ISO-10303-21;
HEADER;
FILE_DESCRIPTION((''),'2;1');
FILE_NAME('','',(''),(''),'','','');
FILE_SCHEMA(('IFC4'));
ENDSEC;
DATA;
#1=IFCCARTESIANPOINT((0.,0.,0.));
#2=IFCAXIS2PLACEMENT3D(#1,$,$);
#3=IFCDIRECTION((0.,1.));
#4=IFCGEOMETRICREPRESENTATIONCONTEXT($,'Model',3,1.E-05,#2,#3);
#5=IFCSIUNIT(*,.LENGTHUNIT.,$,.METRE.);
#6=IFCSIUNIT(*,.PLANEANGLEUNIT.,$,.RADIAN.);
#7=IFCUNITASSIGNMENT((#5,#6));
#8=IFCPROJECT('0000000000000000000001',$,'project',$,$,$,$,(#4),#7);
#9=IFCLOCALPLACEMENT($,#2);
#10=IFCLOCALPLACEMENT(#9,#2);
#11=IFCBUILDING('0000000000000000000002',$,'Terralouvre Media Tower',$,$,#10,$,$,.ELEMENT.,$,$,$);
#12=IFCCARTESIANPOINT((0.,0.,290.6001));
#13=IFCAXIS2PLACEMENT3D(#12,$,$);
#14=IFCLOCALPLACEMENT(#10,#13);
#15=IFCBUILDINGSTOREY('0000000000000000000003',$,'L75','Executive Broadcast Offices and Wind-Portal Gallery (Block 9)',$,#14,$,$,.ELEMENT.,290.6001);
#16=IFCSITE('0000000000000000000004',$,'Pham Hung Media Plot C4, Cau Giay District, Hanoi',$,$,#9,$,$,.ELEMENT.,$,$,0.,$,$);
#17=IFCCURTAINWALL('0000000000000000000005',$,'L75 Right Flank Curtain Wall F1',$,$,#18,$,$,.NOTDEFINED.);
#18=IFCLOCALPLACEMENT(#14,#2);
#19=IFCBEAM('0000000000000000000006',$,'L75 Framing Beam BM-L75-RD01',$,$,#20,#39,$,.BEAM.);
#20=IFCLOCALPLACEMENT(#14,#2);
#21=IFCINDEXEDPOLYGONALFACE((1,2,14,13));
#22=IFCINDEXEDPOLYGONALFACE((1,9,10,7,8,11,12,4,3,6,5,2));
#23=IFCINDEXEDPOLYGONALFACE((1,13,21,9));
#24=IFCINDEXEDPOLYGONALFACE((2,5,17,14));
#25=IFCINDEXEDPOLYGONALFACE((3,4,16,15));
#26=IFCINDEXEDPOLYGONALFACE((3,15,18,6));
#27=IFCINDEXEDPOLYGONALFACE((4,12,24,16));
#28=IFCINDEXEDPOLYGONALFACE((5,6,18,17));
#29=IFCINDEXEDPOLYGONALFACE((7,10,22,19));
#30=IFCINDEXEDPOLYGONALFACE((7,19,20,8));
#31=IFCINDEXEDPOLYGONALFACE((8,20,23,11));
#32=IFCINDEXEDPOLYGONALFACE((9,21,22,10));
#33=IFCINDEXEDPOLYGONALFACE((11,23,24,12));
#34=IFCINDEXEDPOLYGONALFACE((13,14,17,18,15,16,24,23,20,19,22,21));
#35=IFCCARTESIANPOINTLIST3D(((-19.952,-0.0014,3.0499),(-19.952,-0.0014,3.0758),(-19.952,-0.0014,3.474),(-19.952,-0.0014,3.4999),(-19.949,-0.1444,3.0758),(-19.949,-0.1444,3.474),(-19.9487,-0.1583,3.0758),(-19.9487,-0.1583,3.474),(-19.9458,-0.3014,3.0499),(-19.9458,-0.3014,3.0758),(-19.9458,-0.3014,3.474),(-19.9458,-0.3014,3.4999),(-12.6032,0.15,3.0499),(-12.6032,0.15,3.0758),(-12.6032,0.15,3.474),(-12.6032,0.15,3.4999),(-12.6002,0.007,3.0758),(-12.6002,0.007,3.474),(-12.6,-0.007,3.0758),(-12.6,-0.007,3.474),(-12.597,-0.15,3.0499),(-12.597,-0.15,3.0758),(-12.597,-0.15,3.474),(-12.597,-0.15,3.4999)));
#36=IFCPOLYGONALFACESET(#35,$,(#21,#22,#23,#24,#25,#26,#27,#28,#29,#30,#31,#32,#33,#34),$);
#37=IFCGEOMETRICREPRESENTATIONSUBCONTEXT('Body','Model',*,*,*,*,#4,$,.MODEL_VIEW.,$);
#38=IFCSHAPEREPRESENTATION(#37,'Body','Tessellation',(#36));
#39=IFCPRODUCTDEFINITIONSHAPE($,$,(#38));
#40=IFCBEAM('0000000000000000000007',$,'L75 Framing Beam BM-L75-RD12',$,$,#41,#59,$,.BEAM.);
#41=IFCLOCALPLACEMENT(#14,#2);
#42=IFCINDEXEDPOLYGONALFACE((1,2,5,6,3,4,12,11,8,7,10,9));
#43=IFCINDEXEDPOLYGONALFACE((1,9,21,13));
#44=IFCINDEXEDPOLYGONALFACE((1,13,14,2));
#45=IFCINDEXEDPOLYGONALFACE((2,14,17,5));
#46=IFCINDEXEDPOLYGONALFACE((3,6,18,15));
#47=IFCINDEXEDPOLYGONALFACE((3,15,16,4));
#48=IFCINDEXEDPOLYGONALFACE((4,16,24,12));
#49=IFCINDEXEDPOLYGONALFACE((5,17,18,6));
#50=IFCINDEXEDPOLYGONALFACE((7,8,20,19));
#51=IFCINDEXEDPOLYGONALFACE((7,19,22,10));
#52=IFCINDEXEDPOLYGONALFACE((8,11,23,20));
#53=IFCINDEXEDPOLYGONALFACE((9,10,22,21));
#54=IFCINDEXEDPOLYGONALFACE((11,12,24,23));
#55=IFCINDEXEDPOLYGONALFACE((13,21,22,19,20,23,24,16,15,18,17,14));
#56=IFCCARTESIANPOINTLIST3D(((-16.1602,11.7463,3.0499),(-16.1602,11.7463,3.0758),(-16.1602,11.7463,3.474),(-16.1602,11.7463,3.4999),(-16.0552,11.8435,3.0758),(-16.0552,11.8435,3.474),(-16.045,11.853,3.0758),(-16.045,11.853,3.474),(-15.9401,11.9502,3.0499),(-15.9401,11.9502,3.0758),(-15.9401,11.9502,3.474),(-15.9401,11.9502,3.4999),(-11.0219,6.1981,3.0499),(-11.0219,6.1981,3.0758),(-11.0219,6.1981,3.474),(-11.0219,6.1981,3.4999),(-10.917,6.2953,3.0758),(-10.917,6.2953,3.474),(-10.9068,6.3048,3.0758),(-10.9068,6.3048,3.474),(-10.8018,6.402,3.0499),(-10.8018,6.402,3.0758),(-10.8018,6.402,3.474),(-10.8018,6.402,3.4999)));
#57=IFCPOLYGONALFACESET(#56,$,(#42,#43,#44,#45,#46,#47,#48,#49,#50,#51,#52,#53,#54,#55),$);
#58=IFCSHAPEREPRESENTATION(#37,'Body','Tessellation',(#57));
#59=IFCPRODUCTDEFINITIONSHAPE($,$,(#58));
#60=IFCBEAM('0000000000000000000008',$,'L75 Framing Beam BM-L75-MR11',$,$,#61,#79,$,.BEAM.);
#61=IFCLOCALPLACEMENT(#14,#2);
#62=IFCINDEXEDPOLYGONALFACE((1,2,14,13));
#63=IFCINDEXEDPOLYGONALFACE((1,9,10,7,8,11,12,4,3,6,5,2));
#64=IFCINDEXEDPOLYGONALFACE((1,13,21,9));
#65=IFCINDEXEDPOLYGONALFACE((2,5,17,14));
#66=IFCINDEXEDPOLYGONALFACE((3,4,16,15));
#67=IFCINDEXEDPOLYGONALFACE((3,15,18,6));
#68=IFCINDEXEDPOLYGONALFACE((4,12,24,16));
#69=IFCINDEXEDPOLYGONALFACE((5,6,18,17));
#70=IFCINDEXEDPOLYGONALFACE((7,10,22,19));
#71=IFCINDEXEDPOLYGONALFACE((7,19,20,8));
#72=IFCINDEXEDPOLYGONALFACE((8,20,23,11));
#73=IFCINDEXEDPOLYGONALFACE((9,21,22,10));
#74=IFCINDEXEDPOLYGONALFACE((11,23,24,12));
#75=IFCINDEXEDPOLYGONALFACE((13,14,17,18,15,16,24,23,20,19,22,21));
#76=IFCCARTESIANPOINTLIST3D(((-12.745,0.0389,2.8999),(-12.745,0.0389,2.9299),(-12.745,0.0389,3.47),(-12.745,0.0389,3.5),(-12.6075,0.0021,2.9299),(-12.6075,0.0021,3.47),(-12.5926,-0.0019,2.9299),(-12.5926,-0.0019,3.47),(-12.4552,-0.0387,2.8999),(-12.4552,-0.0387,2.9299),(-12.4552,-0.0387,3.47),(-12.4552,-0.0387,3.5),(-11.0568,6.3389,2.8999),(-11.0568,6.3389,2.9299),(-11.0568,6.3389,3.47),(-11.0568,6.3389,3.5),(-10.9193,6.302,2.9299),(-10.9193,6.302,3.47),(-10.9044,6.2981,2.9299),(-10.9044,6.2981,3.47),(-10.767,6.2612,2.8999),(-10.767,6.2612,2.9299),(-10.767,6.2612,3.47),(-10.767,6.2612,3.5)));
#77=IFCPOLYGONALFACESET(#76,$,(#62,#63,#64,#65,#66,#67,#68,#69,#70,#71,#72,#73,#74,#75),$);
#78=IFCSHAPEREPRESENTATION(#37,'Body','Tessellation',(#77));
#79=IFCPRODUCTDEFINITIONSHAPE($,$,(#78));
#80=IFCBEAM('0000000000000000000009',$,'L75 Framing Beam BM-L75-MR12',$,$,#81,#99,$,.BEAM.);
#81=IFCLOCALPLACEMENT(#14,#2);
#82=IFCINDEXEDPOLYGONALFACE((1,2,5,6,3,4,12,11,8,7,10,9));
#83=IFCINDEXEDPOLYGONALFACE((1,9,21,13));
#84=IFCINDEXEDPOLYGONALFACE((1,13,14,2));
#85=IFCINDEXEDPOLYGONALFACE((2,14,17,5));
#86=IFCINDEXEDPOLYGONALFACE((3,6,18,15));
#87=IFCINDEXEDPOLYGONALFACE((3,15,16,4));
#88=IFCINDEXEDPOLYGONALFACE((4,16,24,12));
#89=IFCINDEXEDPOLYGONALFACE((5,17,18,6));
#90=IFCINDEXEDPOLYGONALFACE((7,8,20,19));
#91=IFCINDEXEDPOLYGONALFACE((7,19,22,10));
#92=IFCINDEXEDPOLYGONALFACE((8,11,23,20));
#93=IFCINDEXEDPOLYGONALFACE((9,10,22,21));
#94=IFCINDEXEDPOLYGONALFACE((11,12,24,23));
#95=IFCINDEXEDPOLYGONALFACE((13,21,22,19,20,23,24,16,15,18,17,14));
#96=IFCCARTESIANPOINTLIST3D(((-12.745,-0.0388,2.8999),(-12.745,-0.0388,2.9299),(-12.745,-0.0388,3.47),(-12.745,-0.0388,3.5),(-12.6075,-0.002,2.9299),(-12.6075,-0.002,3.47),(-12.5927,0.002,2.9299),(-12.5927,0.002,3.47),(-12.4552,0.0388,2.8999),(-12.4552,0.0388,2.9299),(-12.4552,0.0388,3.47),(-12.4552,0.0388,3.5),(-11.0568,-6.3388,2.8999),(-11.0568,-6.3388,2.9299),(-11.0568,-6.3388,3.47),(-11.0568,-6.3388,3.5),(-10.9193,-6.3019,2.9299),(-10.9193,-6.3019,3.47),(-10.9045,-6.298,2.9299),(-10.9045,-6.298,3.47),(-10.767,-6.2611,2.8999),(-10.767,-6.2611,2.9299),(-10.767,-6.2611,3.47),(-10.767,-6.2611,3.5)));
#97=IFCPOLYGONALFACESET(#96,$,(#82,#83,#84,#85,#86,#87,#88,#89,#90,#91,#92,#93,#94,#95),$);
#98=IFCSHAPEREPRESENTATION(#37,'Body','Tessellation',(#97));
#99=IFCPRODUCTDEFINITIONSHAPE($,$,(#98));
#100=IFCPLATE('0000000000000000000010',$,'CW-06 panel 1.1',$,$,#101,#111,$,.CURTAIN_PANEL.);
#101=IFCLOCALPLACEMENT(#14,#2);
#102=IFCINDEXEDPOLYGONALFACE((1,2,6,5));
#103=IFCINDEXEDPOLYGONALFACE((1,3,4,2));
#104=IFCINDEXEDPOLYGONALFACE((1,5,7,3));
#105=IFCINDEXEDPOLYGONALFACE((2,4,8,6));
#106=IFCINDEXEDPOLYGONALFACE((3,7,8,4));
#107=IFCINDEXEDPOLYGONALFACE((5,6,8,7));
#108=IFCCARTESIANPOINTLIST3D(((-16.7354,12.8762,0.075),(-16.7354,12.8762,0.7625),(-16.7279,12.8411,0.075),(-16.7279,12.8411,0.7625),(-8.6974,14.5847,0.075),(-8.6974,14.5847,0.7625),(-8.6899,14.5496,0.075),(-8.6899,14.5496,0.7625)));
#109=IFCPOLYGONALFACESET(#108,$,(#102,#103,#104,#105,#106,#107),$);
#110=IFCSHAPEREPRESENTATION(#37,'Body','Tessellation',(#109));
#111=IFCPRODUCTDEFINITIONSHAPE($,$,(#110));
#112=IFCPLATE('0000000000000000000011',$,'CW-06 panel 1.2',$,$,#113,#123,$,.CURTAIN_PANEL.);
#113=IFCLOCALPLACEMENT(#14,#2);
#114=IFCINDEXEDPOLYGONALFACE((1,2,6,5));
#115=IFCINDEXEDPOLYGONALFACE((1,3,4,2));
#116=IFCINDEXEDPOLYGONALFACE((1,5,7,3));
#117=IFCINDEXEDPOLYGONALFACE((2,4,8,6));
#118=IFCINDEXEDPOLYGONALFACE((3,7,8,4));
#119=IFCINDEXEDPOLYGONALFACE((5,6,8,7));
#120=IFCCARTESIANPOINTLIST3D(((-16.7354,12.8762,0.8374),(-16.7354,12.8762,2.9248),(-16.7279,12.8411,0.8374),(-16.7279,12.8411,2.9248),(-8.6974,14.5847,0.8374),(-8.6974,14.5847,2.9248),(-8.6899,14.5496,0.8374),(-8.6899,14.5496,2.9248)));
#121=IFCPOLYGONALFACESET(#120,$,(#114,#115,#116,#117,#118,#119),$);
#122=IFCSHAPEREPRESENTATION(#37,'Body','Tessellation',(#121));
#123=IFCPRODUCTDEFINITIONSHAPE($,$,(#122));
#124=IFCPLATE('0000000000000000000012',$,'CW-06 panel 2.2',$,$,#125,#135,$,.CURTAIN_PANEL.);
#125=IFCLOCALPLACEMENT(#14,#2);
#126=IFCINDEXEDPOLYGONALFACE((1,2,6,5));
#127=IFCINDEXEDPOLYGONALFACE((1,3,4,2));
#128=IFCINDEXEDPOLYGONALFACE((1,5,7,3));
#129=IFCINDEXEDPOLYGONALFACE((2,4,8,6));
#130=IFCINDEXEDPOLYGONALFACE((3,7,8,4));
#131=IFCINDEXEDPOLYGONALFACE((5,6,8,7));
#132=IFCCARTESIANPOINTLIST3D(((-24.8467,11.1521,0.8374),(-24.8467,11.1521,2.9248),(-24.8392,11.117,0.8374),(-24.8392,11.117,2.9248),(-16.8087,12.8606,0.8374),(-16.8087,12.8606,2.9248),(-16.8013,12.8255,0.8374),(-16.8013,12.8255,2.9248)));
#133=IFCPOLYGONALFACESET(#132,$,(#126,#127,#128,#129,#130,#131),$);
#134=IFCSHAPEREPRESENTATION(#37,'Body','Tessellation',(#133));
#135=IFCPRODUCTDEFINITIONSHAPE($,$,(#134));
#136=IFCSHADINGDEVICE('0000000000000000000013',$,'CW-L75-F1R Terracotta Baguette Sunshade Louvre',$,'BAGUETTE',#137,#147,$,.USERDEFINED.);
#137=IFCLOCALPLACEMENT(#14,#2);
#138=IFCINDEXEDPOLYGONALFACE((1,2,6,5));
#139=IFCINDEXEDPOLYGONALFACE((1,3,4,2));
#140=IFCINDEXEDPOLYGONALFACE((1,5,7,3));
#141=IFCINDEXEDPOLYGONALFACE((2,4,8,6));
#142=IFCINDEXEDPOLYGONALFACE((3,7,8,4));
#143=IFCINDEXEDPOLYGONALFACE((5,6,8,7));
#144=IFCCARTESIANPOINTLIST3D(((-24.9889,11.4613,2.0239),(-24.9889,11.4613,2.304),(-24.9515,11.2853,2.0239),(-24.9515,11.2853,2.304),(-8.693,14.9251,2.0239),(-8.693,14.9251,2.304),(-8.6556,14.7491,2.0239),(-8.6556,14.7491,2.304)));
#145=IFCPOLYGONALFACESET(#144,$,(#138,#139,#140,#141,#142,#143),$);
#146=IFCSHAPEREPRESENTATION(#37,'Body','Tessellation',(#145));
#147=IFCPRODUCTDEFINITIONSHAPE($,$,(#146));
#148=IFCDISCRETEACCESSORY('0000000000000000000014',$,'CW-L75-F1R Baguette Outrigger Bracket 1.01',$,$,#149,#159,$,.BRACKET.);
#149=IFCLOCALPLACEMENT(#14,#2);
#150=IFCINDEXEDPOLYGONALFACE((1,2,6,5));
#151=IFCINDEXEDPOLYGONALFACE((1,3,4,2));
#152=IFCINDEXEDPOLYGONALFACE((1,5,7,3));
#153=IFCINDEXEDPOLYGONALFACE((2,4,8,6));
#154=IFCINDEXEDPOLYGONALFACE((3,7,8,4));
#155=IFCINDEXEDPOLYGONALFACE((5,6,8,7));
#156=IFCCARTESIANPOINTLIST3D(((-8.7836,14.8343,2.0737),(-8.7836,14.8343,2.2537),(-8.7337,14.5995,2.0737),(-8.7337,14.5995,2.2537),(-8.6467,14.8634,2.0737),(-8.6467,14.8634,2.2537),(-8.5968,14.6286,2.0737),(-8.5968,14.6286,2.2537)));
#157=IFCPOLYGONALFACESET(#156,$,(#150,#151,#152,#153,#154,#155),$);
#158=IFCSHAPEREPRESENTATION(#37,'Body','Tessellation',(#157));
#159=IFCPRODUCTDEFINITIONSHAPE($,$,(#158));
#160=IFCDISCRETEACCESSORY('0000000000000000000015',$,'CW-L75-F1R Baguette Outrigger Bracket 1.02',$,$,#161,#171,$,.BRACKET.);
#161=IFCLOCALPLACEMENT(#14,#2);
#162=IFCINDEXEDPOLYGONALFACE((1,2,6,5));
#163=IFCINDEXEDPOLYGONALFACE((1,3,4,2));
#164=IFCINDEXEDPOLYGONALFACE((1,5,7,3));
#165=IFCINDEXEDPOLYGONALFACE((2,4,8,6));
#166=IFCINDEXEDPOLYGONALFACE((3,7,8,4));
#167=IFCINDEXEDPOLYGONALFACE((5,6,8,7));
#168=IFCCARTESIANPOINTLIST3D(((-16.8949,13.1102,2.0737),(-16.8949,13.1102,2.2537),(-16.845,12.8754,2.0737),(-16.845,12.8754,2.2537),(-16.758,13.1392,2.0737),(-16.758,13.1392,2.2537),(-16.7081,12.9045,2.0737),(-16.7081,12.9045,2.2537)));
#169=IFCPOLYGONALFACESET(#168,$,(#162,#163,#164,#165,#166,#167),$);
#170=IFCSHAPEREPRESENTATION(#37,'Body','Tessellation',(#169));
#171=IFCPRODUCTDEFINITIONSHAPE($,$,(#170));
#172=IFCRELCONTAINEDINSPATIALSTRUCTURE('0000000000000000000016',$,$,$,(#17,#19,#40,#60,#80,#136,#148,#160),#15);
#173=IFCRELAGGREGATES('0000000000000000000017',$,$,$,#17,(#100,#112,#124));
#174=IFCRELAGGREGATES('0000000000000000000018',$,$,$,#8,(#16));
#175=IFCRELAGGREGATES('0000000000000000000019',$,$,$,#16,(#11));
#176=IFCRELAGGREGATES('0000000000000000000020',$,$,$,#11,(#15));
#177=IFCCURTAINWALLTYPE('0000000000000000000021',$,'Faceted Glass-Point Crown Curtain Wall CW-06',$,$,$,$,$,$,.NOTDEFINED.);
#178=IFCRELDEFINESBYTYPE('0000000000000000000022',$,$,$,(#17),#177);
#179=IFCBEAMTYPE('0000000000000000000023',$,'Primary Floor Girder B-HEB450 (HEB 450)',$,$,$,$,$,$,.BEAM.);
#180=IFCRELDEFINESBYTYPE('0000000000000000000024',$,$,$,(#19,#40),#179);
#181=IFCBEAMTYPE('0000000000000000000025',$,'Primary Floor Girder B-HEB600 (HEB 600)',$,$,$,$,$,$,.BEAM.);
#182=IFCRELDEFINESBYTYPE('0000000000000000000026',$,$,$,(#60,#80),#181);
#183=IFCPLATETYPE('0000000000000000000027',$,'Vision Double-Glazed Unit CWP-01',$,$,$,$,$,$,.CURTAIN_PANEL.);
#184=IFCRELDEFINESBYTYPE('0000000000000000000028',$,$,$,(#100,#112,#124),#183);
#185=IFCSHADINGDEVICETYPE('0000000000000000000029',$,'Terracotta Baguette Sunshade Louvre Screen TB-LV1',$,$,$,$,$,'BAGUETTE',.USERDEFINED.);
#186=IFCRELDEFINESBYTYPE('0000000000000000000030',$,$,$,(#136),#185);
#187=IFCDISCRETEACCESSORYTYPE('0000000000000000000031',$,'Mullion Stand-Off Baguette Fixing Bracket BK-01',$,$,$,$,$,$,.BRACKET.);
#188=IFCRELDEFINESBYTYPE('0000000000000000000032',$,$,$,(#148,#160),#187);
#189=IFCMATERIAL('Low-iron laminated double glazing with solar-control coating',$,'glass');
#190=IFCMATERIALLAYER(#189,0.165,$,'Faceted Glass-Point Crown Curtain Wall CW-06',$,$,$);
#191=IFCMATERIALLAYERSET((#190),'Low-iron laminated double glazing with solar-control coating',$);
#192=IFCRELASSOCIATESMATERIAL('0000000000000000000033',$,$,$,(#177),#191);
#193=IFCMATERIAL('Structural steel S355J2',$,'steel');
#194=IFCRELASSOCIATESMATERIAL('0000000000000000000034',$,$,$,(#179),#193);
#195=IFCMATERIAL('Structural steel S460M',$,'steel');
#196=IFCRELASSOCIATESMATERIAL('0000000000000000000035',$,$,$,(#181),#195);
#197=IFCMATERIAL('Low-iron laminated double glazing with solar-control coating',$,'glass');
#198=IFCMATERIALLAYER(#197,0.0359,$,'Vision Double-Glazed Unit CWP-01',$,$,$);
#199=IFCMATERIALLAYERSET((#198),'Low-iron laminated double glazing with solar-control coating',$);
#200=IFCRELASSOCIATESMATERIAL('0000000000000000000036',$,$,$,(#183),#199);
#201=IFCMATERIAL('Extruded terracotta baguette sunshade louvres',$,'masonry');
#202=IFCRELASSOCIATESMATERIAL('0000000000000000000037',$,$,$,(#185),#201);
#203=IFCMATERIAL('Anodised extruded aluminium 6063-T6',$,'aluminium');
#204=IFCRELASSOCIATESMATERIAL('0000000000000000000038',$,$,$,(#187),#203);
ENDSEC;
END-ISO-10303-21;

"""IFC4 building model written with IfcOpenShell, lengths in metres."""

from ifc_helpers import new_model, si_unit, direction, frame, origin, origin_2d, place, context, subcontext, project, spatial, rectangle, i_section, extrude, material, layer, layer_set, material_profile, profile_set, type_object, element, aggregate, save


model = new_model("IFC4")

# Units and contexts
model_context = context("Model", 3, precision=1e-05, world=origin(), true_north=direction((0.0, 1.0)))
body_context = subcontext(model_context, "Body", "Model", "MODEL_VIEW")
ifc_project = project(units=[si_unit("LENGTHUNIT", "METRE"), si_unit("PLANEANGLEUNIT", "RADIAN")], contexts=[model_context])

# Site, building, storey
site_placement = place(None, origin())
site = spatial("IfcSite", under=ifc_project, at=site_placement, Name="Pham Hung Media Plot C4, Cau Giay District, Hanoi", CompositionType="ELEMENT", RefElevation=0.0)
building_placement = place(site_placement, origin())
building = spatial("IfcBuilding", under=site, at=building_placement, Name="Terralouvre Media Tower", CompositionType="ELEMENT")
storey_placement = place(building_placement, frame((0.0, 0.0, 290.6001)))
storey = spatial("IfcBuildingStorey", under=building, at=storey_placement, Name="L75", Description="Executive Broadcast Offices and Wind-Portal Gallery (Block 9)", CompositionType="ELEMENT", Elevation=290.6001)

# Curtain wall
ifc_material_1 = material(Name="Low-iron laminated double glazing with solar-control coating", Category="glass")
ifc_layer_1 = layer(ifc_material_1, 0.165, Name="Faceted Glass-Point Crown Curtain Wall CW-06")
ifc_layer_set_1 = layer_set([ifc_layer_1], Name="Low-iron laminated double glazing with solar-control coating")
curtain_wall_type = type_object("IfcCurtainWallType", Name="Faceted Glass-Point Crown Curtain Wall CW-06", PredefinedType="NOTDEFINED", material=ifc_layer_set_1)
curtain_wall_placement = place(storey_placement, origin())
curtain_wall = element("IfcCurtainWall", 1, at=curtain_wall_placement, inside=storey, type_object=curtain_wall_type, Name="L75 Right Flank Curtain Wall F1", PredefinedType="NOTDEFINED")

# Beams
ifc_material_2 = material(Name="Structural steel S355J2", Category="steel")
ifc_material_profile_1 = material_profile(ifc_material_2, i_section(OverallWidth=0.3, OverallDepth=0.45, WebThickness=0.0139, FlangeThickness=0.0259, at=origin_2d()), Name="HEB 450")
ifc_profile_set_1 = profile_set([ifc_material_profile_1], Name="Structural steel S355J2")
beam_type_1 = type_object("IfcBeamType", Name="Primary Floor Girder B-HEB450 (HEB 450)", PredefinedType="BEAM", material=ifc_profile_set_1)
beam_1_placement = place(storey_placement, frame((-12.6001, 0.0, 3.2749), z_axis=(-0.999788, -0.020593, 0.0), x_axis=(0.020593, -0.999788, 0.0)))
element("IfcBeam", 2, at=beam_1_placement, inside=storey, type_object=beam_type_1, Name="L75 Framing Beam BM-L75-RD01", PredefinedType="BEAM", context=body_context, shape_type="SweptSolid", body=[
    extrude(i_section(OverallWidth=0.3, OverallDepth=0.45, WebThickness=0.0139, FlangeThickness=0.0259, at=origin_2d()), origin(), (0.0, 0.0, 1.0), 7.3503),
])
beam_2_placement = place(storey_placement, frame((-10.9119, 6.3, 3.2749), z_axis=(-0.679483, 0.733691, 0.0), x_axis=(-0.733691, -0.679483, 0.0)))
element("IfcBeam", 3, at=beam_2_placement, inside=storey, type_object=beam_type_1, Name="L75 Framing Beam BM-L75-RD12", PredefinedType="BEAM", context=body_context, shape_type="SweptSolid", body=[
    extrude(i_section(OverallWidth=0.3, OverallDepth=0.45, WebThickness=0.0139, FlangeThickness=0.0259, at=origin_2d()), origin(), (0.0, 0.0, 1.0), 7.562),
])
ifc_material_3 = material(Name="Structural steel S460M", Category="steel")
ifc_material_profile_2 = material_profile(ifc_material_3, i_section(OverallWidth=0.3, OverallDepth=0.6001, WebThickness=0.0154, FlangeThickness=0.03, at=origin_2d()), Name="HEB 600")
ifc_profile_set_2 = profile_set([ifc_material_profile_2], Name="Structural steel S460M")
beam_type_2 = type_object("IfcBeamType", Name="Primary Floor Girder B-HEB600 (HEB 600)", PredefinedType="BEAM", material=ifc_profile_set_2)
for number, where, z_axis, x_axis, name in (
    (4, (-10.9119, 6.3, 3.2), (-0.258839, -0.96592, 0.0), (0.96592, -0.258839, 0.0), "L75 Framing Beam BM-L75-MR11"),
    (5, (-12.6001, 0.0, 3.2), (0.258839, -0.96592, 0.0), (0.96592, 0.258839, 0.0), "L75 Framing Beam BM-L75-MR12"),
):
    element("IfcBeam", number, at=place(storey_placement, frame(where, z_axis=z_axis, x_axis=x_axis)), inside=storey, type_object=beam_type_2, Name=name, PredefinedType="BEAM", context=body_context, shape_type="SweptSolid", body=[
        extrude(i_section(OverallWidth=0.3, OverallDepth=0.6001, WebThickness=0.0154, FlangeThickness=0.03, at=origin_2d()), origin(), (0.0, 0.0, 1.0), 6.5222),
    ])

# Plates
ifc_material_4 = material(Name="Low-iron laminated double glazing with solar-control coating", Category="glass")
ifc_layer_2 = layer(ifc_material_4, 0.0359, Name="Vision Double-Glazed Unit CWP-01")
ifc_layer_set_2 = layer_set([ifc_layer_2], Name="Low-iron laminated double glazing with solar-control coating")
plate_type = type_object("IfcPlateType", Name="Vision Double-Glazed Unit CWP-01", PredefinedType="CURTAIN_PANEL", material=ifc_layer_set_2)
plate_1_placement = place(storey_placement, frame((-12.7126, 13.7129, 0.075), z_axis=(0.0, 0.0, 1.0), x_axis=(-0.978148, -0.207911, 0.0)))
plate_1 = element("IfcPlate", 6, at=plate_1_placement, type_object=plate_type, Name="CW-06 panel 1.1", PredefinedType="CURTAIN_PANEL", context=body_context, shape_type="SweptSolid", body=[
    extrude(rectangle(XDim=8.2175, YDim=0.0359, at=origin_2d()), origin(), (0.0, 0.0, 1.0), 0.6875),
])
plate_2_placement = place(storey_placement, frame((-12.7126, 13.7129, 0.8374), z_axis=(0.0, 0.0, 1.0), x_axis=(-0.978148, -0.207911, 0.0)))
plate_2 = element("IfcPlate", 7, at=plate_2_placement, type_object=plate_type, Name="CW-06 panel 1.2", PredefinedType="CURTAIN_PANEL", context=body_context, shape_type="SweptSolid", body=[
    extrude(rectangle(XDim=8.2175, YDim=0.0359, at=origin_2d()), origin(), (0.0, 0.0, 1.0), 2.0874),
])
plate_3_placement = place(storey_placement, frame((-20.824, 11.9888, 0.8374), z_axis=(0.0, 0.0, 1.0), x_axis=(-0.978148, -0.207911, 0.0)))
plate_3 = element("IfcPlate", 8, at=plate_3_placement, type_object=plate_type, Name="CW-06 panel 2.2", PredefinedType="CURTAIN_PANEL", context=body_context, shape_type="SweptSolid", body=[
    extrude(rectangle(XDim=8.2175, YDim=0.0359, at=origin_2d()), origin(), (0.0, 0.0, 1.0), 2.0874),
])
aggregate(curtain_wall, [plate_1, plate_2, plate_3])

# Shading device
ifc_material_5 = material(Name="Extruded terracotta baguette sunshade louvres", Category="masonry")
shading_device_type = type_object("IfcShadingDeviceType", Name="Terracotta Baguette Sunshade Louvre Screen TB-LV1", ElementType="BAGUETTE", PredefinedType="USERDEFINED", material=ifc_material_5)
shading_device_placement = place(storey_placement, frame((-16.8223, 13.1052, 2.0239), z_axis=(0.0, 0.0, 1.0), x_axis=(-0.978148, -0.207911, 0.0)))
element("IfcShadingDevice", 9, at=shading_device_placement, inside=storey, type_object=shading_device_type, Name="CW-L75-F1R Terracotta Baguette Sunshade Louvre", ObjectType="BAGUETTE", PredefinedType="USERDEFINED", context=body_context, shape_type="SweptSolid", body=[
    extrude(rectangle(XDim=16.6599, YDim=0.1799, at=origin_2d()), origin(), (0.0, 0.0, 1.0), 0.28),
])

# Discrete accessories
ifc_material_6 = material(Name="Anodised extruded aluminium 6063-T6", Category="aluminium")
discrete_accessory_type = type_object("IfcDiscreteAccessoryType", Name="Mullion Stand-Off Baguette Fixing Bracket BK-01", PredefinedType="BRACKET", material=ifc_material_6)
for number, where, z_axis, x_axis, name in (
    (10, (-8.6902, 14.7314, 2.0737), (0.0, 0.0, 1.0), (-0.978148, -0.207911, 0.0), "CW-L75-F1R Baguette Outrigger Bracket 1.01"),
    (11, (-16.8015, 13.0073, 2.0737), (0.0, 0.0, 1.0), (-0.978148, -0.207911, 0.0), "CW-L75-F1R Baguette Outrigger Bracket 1.02"),
):
    element("IfcDiscreteAccessory", number, at=place(storey_placement, frame(where, z_axis=z_axis, x_axis=x_axis)), inside=storey, type_object=discrete_accessory_type, Name=name, PredefinedType="BRACKET", context=body_context, shape_type="SweptSolid", body=[
        extrude(rectangle(XDim=0.1399, YDim=0.24, at=origin_2d()), origin(), (0.0, 0.0, 1.0), 0.1799),
    ])

save(model, "model.ifc")
